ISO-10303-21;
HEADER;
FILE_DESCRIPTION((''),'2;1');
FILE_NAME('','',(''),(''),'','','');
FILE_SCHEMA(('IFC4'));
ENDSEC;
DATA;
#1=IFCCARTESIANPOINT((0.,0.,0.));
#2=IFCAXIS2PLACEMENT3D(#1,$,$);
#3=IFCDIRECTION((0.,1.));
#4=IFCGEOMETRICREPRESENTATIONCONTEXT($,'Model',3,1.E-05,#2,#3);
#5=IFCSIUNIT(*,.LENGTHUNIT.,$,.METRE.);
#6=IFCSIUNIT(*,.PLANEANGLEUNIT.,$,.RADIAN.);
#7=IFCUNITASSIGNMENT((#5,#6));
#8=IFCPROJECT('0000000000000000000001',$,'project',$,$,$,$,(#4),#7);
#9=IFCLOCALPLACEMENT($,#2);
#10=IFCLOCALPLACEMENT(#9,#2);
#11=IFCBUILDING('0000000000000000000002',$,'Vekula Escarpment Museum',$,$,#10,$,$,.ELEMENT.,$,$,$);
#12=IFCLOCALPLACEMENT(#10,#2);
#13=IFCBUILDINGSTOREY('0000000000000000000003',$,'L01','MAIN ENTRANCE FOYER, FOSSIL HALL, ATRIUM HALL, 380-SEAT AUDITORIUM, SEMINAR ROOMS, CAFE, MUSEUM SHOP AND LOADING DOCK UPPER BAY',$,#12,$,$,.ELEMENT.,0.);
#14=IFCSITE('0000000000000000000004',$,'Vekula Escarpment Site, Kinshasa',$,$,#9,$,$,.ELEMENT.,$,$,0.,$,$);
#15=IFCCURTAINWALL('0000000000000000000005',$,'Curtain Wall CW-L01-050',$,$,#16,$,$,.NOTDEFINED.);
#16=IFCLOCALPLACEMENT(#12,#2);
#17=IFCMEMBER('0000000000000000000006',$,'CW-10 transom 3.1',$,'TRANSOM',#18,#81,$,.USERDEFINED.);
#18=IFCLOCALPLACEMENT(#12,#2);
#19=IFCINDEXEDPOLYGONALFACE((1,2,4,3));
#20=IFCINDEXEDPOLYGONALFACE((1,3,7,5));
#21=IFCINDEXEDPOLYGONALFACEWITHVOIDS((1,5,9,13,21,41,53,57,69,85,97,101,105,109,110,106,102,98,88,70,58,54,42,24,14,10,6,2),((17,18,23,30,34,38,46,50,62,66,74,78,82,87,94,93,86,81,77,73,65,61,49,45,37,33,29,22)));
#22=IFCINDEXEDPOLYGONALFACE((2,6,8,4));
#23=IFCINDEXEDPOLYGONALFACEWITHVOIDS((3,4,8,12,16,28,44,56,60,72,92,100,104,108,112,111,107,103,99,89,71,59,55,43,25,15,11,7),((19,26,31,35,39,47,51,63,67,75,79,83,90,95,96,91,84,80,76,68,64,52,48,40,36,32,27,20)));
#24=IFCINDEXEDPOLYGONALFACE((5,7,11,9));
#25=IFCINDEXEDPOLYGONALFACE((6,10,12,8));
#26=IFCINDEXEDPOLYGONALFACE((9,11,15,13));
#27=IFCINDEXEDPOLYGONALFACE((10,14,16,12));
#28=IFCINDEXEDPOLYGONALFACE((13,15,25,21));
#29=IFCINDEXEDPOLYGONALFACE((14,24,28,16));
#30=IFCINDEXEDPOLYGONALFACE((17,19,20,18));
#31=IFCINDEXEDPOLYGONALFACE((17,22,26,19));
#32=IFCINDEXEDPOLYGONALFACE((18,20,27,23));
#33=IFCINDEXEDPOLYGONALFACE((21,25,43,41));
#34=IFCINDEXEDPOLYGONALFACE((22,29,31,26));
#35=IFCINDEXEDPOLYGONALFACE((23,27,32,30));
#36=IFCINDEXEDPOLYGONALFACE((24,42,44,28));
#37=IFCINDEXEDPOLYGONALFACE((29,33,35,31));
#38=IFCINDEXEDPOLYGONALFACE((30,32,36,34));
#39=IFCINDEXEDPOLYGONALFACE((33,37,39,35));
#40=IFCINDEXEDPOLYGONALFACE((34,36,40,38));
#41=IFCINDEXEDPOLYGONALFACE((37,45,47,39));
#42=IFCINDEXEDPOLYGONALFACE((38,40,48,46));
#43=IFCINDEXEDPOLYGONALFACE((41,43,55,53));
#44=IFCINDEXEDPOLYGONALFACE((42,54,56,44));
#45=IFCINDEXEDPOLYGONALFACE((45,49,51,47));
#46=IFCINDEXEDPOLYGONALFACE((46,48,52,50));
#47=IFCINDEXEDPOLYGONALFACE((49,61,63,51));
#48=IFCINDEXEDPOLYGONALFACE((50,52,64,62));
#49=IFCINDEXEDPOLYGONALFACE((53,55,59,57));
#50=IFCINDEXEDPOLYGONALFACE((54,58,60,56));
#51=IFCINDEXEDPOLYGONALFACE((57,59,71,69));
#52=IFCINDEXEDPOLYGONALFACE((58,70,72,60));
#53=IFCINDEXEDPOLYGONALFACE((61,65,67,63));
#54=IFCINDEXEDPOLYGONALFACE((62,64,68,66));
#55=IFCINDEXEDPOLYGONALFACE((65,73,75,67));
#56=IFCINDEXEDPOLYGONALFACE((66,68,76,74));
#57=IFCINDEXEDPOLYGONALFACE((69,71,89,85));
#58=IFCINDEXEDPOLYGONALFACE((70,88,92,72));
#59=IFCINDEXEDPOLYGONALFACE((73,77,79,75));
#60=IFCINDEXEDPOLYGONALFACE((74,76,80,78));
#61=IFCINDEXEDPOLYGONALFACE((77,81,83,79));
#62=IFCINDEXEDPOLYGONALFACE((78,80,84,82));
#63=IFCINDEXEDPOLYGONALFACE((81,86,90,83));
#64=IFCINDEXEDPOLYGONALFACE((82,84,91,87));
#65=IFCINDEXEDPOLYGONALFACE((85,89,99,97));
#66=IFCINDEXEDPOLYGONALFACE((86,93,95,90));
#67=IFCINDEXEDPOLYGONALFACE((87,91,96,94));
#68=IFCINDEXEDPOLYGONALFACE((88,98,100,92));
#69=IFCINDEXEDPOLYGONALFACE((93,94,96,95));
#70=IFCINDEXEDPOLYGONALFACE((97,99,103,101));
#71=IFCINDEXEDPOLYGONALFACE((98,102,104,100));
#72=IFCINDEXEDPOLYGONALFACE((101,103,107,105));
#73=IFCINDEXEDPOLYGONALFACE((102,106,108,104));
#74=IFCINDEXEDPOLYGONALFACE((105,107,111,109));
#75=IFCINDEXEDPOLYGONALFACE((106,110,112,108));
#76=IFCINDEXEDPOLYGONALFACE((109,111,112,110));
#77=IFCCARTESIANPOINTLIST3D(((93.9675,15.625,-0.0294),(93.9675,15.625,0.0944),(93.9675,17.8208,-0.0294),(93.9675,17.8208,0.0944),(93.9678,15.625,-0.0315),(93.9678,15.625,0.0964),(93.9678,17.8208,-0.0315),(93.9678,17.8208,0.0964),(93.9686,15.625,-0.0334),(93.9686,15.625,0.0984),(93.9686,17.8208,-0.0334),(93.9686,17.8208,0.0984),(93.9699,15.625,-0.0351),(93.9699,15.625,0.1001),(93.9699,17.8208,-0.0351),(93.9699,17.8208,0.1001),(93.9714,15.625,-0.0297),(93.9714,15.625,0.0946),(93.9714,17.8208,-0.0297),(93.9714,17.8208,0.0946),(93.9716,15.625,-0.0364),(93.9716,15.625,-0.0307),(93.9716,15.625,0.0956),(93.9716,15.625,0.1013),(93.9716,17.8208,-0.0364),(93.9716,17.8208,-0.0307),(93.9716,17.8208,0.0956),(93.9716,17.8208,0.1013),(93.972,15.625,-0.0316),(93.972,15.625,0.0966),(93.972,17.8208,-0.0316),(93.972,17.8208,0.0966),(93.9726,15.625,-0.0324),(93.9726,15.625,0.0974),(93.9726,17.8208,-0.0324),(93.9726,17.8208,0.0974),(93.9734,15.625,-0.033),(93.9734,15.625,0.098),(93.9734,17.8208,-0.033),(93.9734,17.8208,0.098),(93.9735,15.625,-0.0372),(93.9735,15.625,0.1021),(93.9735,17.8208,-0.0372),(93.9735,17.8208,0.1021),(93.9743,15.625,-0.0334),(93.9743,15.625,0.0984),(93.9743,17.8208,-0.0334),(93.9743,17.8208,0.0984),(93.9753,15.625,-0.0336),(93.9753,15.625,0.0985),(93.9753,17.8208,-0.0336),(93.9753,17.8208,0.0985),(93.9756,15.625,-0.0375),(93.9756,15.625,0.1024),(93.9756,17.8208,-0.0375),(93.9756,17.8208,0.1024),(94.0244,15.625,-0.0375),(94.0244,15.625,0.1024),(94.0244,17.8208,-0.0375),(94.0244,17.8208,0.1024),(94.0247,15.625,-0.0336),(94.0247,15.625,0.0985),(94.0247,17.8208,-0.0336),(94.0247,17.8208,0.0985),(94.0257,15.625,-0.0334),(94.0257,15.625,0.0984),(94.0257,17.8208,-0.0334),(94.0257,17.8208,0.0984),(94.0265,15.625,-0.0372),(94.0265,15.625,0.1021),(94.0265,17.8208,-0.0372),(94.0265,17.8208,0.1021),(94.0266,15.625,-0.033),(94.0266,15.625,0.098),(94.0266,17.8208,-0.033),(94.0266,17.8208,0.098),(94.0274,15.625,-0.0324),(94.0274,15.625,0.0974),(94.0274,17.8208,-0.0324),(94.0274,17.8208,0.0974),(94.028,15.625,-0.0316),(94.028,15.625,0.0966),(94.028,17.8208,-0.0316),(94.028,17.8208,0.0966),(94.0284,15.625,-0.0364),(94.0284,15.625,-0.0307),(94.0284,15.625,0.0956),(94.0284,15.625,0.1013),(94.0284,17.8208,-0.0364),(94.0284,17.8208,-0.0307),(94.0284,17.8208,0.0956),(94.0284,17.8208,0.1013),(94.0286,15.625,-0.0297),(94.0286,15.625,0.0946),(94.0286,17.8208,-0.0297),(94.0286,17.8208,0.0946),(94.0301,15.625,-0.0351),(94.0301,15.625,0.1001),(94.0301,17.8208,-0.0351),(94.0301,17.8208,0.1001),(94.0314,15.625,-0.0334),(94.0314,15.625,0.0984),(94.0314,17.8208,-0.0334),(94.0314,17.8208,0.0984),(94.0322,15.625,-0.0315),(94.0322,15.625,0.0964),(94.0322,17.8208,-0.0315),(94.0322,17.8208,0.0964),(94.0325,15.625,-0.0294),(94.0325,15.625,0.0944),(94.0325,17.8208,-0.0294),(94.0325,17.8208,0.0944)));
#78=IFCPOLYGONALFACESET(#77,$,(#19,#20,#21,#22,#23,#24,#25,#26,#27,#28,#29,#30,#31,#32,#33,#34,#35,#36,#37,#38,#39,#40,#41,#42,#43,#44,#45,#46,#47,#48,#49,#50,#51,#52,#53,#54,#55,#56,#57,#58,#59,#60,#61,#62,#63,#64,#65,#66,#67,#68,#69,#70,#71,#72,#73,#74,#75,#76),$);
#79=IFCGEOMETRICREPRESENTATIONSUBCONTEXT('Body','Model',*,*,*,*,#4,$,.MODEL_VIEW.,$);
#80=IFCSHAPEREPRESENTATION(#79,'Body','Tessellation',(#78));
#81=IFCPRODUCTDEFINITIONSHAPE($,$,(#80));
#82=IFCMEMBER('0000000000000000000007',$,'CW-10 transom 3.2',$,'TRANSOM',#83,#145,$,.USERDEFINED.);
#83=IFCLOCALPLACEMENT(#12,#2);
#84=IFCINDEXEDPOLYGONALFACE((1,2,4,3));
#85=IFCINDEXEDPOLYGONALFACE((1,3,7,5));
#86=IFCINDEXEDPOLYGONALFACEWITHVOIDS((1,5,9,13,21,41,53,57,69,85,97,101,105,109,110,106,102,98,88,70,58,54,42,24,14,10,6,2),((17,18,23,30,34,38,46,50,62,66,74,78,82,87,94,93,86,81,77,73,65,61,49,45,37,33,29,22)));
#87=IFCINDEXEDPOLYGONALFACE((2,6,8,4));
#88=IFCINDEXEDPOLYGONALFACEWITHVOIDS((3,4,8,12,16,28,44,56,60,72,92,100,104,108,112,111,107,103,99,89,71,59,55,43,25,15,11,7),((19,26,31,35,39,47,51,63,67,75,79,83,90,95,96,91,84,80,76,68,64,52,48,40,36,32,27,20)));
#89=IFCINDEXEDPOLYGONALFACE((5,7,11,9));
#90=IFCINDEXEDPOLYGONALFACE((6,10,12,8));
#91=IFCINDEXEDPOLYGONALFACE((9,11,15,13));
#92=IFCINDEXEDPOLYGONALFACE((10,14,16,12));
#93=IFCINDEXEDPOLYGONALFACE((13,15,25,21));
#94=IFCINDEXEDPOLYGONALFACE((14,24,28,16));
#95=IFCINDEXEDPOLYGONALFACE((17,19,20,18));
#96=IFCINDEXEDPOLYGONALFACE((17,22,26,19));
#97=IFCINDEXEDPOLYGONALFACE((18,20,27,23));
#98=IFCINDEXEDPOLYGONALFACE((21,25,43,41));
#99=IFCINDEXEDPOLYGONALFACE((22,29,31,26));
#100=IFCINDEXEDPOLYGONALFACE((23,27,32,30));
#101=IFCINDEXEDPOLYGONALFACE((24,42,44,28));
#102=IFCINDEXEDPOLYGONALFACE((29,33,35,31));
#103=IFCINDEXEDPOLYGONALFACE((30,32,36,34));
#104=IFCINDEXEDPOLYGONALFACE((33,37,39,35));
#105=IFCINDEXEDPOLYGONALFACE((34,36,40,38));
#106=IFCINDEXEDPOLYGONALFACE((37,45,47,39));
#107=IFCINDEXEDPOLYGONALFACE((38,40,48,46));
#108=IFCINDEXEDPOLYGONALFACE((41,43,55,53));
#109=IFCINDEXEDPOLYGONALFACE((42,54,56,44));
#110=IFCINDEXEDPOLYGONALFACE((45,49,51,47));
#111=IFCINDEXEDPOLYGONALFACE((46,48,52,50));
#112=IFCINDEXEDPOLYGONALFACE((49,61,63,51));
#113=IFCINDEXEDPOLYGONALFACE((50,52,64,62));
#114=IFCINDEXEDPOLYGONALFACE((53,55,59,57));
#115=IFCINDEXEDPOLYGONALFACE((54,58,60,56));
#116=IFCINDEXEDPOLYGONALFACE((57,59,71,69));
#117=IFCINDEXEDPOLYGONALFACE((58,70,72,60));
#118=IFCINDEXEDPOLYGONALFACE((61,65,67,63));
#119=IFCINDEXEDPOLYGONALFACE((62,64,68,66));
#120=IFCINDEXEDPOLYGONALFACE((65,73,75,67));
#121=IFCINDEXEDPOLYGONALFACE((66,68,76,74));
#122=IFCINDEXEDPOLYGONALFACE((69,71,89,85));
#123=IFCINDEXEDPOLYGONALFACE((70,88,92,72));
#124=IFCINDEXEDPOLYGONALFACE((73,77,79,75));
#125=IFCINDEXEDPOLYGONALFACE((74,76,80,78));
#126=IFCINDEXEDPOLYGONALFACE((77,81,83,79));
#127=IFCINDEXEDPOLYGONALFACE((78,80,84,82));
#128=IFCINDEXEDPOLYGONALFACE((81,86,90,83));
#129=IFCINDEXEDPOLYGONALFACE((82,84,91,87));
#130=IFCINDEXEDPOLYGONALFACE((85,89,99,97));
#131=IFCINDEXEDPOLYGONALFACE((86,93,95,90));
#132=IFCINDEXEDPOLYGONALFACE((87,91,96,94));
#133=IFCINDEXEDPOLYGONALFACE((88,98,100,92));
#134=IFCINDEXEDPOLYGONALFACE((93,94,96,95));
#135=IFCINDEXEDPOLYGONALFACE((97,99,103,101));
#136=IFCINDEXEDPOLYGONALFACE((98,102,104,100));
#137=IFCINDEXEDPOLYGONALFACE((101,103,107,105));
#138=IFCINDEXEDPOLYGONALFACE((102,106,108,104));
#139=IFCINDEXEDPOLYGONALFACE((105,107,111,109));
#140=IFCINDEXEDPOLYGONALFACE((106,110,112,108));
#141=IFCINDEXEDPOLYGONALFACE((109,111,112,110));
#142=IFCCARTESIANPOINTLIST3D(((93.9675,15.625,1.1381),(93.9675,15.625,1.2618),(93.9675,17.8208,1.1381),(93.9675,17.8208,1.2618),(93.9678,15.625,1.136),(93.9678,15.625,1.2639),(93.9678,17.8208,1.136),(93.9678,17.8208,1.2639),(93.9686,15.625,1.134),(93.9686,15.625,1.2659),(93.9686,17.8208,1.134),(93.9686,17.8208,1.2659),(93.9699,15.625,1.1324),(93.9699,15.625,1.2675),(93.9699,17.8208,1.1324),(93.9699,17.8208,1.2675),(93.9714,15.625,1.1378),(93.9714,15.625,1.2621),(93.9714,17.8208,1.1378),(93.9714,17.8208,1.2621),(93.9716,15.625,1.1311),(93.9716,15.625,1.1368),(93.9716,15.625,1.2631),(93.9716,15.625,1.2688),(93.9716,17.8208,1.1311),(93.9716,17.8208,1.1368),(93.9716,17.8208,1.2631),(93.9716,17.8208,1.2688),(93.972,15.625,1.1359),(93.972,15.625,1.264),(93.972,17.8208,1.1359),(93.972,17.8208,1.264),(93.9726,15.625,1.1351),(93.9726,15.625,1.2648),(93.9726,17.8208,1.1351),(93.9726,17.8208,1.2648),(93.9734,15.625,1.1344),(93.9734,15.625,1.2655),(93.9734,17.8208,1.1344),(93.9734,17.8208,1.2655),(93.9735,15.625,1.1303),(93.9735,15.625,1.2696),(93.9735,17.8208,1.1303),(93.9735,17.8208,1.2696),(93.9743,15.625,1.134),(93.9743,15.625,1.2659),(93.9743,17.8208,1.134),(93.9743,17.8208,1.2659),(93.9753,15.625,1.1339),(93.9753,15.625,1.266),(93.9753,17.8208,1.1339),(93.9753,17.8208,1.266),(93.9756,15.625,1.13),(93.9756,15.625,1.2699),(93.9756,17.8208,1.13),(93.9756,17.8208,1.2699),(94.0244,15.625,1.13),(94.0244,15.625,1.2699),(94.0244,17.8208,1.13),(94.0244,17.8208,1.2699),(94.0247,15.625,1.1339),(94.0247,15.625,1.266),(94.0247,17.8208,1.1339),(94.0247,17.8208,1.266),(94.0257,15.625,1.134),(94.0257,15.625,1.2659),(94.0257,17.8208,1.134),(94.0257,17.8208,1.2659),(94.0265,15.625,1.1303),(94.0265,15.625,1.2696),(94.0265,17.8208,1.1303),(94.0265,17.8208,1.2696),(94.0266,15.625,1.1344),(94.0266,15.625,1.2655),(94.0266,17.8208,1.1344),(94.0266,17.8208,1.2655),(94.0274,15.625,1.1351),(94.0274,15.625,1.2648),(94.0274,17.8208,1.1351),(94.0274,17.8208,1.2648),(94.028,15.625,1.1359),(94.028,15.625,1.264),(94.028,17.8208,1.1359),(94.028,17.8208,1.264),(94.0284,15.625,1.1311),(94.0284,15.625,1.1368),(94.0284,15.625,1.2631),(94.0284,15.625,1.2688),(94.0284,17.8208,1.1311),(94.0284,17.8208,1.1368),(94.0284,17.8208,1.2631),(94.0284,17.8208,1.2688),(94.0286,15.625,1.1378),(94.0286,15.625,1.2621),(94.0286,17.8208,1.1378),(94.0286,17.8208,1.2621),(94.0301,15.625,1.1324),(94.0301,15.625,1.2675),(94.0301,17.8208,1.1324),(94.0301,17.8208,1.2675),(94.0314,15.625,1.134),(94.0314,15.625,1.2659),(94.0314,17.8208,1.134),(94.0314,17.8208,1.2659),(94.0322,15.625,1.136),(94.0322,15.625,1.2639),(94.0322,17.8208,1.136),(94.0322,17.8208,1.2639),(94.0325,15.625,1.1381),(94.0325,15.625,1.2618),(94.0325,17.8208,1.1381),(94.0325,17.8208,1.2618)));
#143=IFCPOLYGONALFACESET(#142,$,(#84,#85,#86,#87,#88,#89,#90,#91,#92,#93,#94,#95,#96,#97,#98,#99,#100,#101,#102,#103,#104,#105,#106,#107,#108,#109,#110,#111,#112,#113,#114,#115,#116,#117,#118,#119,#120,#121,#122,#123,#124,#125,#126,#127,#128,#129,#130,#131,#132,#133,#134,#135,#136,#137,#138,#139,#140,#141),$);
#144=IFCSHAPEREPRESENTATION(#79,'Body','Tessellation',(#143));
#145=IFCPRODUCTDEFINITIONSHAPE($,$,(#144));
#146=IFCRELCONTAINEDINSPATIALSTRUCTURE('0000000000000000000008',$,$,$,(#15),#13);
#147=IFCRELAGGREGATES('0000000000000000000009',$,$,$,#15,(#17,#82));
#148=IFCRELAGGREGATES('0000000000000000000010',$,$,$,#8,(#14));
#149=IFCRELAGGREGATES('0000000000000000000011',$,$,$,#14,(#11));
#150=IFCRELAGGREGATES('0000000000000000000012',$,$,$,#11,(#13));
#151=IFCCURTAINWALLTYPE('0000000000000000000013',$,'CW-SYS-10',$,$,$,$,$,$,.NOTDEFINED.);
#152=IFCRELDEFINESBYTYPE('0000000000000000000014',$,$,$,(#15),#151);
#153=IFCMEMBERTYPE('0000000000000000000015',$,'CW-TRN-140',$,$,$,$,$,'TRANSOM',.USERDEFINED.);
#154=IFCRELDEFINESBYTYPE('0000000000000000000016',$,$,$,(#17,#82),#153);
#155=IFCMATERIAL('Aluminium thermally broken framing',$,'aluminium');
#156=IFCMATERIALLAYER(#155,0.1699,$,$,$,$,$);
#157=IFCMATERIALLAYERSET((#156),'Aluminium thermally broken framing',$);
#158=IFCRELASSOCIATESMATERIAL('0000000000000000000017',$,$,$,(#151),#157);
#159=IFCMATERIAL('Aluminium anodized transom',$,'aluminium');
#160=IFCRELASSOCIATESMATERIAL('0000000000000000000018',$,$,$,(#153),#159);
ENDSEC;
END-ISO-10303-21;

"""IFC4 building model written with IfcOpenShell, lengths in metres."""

from ifc_helpers import new_model, si_unit, direction, frame, origin, origin_2d, place, context, subcontext, project, spatial, hollow_rectangle, extrude, material, layer, layer_set, material_profile, profile_set, type_object, element, aggregate, save


model = new_model("IFC4")

# Units and contexts
model_context = context("Model", 3, precision=1e-05, world=origin(), true_north=direction((0.0, 1.0)))
body_context = subcontext(model_context, "Body", "Model", "MODEL_VIEW")
ifc_project = project(units=[si_unit("LENGTHUNIT", "METRE"), si_unit("PLANEANGLEUNIT", "RADIAN")], contexts=[model_context])

# Site, building, storey
site_placement = place(None, origin())
site = spatial("IfcSite", under=ifc_project, at=site_placement, Name="Vekula Escarpment Site, Kinshasa", CompositionType="ELEMENT", RefElevation=0.0)
building_placement = place(site_placement, origin())
building = spatial("IfcBuilding", under=site, at=building_placement, Name="Vekula Escarpment Museum", CompositionType="ELEMENT")
storey_placement = place(building_placement, origin())
storey = spatial("IfcBuildingStorey", under=building, at=storey_placement, Name="L01", Description="MAIN ENTRANCE FOYER, FOSSIL HALL, ATRIUM HALL, 380-SEAT AUDITORIUM, SEMINAR ROOMS, CAFE, MUSEUM SHOP AND LOADING DOCK UPPER BAY", CompositionType="ELEMENT", Elevation=0.0)

# Curtain wall, members
ifc_material_1 = material(Name="Aluminium thermally broken framing", Category="aluminium")
ifc_layer_1 = layer(ifc_material_1, 0.1699)
ifc_layer_set_1 = layer_set([ifc_layer_1], Name="Aluminium thermally broken framing")
curtain_wall_type = type_object("IfcCurtainWallType", Name="CW-SYS-10", PredefinedType="NOTDEFINED", material=ifc_layer_set_1)
curtain_wall_placement = place(storey_placement, origin())
curtain_wall = element("IfcCurtainWall", 1, at=curtain_wall_placement, inside=storey, type_object=curtain_wall_type, Name="Curtain Wall CW-L01-050", PredefinedType="NOTDEFINED")
ifc_material_2 = material(Name="Aluminium anodized transom", Category="aluminium")
ifc_material_profile_1 = material_profile(ifc_material_2, hollow_rectangle(XDim=0.0649, YDim=0.1399, WallThickness=0.0039, InnerFilletRadius=0.0039, OuterFilletRadius=0.0081, at=origin_2d()), Name="ALU 140x65x4")
ifc_profile_set_1 = profile_set([ifc_material_profile_1], Name="Aluminium anodized transom")
member_type_1 = type_object("IfcMemberType", Name="CW-TRN-140", ElementType="TRANSOM", PredefinedType="USERDEFINED", material=ifc_profile_set_1)
member_1_placement = place(storey_placement, frame((94.0, 17.8208, 0.0325), z_axis=(0.0, -1.0, 0.0), x_axis=(1.0, 0.0, 0.0)))
member_1 = element("IfcMember", 2, at=member_1_placement, type_object=member_type_1, Name="CW-10 transom 3.1", ObjectType="TRANSOM", PredefinedType="USERDEFINED", context=body_context, shape_type="SweptSolid", body=[
    extrude(hollow_rectangle(XDim=0.0649, YDim=0.1399, WallThickness=0.0039, InnerFilletRadius=0.0039, OuterFilletRadius=0.0081, at=origin_2d()), origin(), (0.0, 0.0, 1.0), 2.1958),
])
member_2_placement = place(storey_placement, frame((94.0, 17.8208, 1.2), z_axis=(0.0, -1.0, 0.0), x_axis=(1.0, 0.0, 0.0)))
member_2 = element("IfcMember", 3, at=member_2_placement, type_object=member_type_1, Name="CW-10 transom 3.2", ObjectType="TRANSOM", PredefinedType="USERDEFINED", context=body_context, shape_type="SweptSolid", body=[
    extrude(hollow_rectangle(XDim=0.0649, YDim=0.1399, WallThickness=0.0039, InnerFilletRadius=0.0039, OuterFilletRadius=0.0081, at=origin_2d()), origin(), (0.0, 0.0, 1.0), 2.1958),
])

aggregate(curtain_wall, [member_1, member_2])

save(model, "model.ifc")
